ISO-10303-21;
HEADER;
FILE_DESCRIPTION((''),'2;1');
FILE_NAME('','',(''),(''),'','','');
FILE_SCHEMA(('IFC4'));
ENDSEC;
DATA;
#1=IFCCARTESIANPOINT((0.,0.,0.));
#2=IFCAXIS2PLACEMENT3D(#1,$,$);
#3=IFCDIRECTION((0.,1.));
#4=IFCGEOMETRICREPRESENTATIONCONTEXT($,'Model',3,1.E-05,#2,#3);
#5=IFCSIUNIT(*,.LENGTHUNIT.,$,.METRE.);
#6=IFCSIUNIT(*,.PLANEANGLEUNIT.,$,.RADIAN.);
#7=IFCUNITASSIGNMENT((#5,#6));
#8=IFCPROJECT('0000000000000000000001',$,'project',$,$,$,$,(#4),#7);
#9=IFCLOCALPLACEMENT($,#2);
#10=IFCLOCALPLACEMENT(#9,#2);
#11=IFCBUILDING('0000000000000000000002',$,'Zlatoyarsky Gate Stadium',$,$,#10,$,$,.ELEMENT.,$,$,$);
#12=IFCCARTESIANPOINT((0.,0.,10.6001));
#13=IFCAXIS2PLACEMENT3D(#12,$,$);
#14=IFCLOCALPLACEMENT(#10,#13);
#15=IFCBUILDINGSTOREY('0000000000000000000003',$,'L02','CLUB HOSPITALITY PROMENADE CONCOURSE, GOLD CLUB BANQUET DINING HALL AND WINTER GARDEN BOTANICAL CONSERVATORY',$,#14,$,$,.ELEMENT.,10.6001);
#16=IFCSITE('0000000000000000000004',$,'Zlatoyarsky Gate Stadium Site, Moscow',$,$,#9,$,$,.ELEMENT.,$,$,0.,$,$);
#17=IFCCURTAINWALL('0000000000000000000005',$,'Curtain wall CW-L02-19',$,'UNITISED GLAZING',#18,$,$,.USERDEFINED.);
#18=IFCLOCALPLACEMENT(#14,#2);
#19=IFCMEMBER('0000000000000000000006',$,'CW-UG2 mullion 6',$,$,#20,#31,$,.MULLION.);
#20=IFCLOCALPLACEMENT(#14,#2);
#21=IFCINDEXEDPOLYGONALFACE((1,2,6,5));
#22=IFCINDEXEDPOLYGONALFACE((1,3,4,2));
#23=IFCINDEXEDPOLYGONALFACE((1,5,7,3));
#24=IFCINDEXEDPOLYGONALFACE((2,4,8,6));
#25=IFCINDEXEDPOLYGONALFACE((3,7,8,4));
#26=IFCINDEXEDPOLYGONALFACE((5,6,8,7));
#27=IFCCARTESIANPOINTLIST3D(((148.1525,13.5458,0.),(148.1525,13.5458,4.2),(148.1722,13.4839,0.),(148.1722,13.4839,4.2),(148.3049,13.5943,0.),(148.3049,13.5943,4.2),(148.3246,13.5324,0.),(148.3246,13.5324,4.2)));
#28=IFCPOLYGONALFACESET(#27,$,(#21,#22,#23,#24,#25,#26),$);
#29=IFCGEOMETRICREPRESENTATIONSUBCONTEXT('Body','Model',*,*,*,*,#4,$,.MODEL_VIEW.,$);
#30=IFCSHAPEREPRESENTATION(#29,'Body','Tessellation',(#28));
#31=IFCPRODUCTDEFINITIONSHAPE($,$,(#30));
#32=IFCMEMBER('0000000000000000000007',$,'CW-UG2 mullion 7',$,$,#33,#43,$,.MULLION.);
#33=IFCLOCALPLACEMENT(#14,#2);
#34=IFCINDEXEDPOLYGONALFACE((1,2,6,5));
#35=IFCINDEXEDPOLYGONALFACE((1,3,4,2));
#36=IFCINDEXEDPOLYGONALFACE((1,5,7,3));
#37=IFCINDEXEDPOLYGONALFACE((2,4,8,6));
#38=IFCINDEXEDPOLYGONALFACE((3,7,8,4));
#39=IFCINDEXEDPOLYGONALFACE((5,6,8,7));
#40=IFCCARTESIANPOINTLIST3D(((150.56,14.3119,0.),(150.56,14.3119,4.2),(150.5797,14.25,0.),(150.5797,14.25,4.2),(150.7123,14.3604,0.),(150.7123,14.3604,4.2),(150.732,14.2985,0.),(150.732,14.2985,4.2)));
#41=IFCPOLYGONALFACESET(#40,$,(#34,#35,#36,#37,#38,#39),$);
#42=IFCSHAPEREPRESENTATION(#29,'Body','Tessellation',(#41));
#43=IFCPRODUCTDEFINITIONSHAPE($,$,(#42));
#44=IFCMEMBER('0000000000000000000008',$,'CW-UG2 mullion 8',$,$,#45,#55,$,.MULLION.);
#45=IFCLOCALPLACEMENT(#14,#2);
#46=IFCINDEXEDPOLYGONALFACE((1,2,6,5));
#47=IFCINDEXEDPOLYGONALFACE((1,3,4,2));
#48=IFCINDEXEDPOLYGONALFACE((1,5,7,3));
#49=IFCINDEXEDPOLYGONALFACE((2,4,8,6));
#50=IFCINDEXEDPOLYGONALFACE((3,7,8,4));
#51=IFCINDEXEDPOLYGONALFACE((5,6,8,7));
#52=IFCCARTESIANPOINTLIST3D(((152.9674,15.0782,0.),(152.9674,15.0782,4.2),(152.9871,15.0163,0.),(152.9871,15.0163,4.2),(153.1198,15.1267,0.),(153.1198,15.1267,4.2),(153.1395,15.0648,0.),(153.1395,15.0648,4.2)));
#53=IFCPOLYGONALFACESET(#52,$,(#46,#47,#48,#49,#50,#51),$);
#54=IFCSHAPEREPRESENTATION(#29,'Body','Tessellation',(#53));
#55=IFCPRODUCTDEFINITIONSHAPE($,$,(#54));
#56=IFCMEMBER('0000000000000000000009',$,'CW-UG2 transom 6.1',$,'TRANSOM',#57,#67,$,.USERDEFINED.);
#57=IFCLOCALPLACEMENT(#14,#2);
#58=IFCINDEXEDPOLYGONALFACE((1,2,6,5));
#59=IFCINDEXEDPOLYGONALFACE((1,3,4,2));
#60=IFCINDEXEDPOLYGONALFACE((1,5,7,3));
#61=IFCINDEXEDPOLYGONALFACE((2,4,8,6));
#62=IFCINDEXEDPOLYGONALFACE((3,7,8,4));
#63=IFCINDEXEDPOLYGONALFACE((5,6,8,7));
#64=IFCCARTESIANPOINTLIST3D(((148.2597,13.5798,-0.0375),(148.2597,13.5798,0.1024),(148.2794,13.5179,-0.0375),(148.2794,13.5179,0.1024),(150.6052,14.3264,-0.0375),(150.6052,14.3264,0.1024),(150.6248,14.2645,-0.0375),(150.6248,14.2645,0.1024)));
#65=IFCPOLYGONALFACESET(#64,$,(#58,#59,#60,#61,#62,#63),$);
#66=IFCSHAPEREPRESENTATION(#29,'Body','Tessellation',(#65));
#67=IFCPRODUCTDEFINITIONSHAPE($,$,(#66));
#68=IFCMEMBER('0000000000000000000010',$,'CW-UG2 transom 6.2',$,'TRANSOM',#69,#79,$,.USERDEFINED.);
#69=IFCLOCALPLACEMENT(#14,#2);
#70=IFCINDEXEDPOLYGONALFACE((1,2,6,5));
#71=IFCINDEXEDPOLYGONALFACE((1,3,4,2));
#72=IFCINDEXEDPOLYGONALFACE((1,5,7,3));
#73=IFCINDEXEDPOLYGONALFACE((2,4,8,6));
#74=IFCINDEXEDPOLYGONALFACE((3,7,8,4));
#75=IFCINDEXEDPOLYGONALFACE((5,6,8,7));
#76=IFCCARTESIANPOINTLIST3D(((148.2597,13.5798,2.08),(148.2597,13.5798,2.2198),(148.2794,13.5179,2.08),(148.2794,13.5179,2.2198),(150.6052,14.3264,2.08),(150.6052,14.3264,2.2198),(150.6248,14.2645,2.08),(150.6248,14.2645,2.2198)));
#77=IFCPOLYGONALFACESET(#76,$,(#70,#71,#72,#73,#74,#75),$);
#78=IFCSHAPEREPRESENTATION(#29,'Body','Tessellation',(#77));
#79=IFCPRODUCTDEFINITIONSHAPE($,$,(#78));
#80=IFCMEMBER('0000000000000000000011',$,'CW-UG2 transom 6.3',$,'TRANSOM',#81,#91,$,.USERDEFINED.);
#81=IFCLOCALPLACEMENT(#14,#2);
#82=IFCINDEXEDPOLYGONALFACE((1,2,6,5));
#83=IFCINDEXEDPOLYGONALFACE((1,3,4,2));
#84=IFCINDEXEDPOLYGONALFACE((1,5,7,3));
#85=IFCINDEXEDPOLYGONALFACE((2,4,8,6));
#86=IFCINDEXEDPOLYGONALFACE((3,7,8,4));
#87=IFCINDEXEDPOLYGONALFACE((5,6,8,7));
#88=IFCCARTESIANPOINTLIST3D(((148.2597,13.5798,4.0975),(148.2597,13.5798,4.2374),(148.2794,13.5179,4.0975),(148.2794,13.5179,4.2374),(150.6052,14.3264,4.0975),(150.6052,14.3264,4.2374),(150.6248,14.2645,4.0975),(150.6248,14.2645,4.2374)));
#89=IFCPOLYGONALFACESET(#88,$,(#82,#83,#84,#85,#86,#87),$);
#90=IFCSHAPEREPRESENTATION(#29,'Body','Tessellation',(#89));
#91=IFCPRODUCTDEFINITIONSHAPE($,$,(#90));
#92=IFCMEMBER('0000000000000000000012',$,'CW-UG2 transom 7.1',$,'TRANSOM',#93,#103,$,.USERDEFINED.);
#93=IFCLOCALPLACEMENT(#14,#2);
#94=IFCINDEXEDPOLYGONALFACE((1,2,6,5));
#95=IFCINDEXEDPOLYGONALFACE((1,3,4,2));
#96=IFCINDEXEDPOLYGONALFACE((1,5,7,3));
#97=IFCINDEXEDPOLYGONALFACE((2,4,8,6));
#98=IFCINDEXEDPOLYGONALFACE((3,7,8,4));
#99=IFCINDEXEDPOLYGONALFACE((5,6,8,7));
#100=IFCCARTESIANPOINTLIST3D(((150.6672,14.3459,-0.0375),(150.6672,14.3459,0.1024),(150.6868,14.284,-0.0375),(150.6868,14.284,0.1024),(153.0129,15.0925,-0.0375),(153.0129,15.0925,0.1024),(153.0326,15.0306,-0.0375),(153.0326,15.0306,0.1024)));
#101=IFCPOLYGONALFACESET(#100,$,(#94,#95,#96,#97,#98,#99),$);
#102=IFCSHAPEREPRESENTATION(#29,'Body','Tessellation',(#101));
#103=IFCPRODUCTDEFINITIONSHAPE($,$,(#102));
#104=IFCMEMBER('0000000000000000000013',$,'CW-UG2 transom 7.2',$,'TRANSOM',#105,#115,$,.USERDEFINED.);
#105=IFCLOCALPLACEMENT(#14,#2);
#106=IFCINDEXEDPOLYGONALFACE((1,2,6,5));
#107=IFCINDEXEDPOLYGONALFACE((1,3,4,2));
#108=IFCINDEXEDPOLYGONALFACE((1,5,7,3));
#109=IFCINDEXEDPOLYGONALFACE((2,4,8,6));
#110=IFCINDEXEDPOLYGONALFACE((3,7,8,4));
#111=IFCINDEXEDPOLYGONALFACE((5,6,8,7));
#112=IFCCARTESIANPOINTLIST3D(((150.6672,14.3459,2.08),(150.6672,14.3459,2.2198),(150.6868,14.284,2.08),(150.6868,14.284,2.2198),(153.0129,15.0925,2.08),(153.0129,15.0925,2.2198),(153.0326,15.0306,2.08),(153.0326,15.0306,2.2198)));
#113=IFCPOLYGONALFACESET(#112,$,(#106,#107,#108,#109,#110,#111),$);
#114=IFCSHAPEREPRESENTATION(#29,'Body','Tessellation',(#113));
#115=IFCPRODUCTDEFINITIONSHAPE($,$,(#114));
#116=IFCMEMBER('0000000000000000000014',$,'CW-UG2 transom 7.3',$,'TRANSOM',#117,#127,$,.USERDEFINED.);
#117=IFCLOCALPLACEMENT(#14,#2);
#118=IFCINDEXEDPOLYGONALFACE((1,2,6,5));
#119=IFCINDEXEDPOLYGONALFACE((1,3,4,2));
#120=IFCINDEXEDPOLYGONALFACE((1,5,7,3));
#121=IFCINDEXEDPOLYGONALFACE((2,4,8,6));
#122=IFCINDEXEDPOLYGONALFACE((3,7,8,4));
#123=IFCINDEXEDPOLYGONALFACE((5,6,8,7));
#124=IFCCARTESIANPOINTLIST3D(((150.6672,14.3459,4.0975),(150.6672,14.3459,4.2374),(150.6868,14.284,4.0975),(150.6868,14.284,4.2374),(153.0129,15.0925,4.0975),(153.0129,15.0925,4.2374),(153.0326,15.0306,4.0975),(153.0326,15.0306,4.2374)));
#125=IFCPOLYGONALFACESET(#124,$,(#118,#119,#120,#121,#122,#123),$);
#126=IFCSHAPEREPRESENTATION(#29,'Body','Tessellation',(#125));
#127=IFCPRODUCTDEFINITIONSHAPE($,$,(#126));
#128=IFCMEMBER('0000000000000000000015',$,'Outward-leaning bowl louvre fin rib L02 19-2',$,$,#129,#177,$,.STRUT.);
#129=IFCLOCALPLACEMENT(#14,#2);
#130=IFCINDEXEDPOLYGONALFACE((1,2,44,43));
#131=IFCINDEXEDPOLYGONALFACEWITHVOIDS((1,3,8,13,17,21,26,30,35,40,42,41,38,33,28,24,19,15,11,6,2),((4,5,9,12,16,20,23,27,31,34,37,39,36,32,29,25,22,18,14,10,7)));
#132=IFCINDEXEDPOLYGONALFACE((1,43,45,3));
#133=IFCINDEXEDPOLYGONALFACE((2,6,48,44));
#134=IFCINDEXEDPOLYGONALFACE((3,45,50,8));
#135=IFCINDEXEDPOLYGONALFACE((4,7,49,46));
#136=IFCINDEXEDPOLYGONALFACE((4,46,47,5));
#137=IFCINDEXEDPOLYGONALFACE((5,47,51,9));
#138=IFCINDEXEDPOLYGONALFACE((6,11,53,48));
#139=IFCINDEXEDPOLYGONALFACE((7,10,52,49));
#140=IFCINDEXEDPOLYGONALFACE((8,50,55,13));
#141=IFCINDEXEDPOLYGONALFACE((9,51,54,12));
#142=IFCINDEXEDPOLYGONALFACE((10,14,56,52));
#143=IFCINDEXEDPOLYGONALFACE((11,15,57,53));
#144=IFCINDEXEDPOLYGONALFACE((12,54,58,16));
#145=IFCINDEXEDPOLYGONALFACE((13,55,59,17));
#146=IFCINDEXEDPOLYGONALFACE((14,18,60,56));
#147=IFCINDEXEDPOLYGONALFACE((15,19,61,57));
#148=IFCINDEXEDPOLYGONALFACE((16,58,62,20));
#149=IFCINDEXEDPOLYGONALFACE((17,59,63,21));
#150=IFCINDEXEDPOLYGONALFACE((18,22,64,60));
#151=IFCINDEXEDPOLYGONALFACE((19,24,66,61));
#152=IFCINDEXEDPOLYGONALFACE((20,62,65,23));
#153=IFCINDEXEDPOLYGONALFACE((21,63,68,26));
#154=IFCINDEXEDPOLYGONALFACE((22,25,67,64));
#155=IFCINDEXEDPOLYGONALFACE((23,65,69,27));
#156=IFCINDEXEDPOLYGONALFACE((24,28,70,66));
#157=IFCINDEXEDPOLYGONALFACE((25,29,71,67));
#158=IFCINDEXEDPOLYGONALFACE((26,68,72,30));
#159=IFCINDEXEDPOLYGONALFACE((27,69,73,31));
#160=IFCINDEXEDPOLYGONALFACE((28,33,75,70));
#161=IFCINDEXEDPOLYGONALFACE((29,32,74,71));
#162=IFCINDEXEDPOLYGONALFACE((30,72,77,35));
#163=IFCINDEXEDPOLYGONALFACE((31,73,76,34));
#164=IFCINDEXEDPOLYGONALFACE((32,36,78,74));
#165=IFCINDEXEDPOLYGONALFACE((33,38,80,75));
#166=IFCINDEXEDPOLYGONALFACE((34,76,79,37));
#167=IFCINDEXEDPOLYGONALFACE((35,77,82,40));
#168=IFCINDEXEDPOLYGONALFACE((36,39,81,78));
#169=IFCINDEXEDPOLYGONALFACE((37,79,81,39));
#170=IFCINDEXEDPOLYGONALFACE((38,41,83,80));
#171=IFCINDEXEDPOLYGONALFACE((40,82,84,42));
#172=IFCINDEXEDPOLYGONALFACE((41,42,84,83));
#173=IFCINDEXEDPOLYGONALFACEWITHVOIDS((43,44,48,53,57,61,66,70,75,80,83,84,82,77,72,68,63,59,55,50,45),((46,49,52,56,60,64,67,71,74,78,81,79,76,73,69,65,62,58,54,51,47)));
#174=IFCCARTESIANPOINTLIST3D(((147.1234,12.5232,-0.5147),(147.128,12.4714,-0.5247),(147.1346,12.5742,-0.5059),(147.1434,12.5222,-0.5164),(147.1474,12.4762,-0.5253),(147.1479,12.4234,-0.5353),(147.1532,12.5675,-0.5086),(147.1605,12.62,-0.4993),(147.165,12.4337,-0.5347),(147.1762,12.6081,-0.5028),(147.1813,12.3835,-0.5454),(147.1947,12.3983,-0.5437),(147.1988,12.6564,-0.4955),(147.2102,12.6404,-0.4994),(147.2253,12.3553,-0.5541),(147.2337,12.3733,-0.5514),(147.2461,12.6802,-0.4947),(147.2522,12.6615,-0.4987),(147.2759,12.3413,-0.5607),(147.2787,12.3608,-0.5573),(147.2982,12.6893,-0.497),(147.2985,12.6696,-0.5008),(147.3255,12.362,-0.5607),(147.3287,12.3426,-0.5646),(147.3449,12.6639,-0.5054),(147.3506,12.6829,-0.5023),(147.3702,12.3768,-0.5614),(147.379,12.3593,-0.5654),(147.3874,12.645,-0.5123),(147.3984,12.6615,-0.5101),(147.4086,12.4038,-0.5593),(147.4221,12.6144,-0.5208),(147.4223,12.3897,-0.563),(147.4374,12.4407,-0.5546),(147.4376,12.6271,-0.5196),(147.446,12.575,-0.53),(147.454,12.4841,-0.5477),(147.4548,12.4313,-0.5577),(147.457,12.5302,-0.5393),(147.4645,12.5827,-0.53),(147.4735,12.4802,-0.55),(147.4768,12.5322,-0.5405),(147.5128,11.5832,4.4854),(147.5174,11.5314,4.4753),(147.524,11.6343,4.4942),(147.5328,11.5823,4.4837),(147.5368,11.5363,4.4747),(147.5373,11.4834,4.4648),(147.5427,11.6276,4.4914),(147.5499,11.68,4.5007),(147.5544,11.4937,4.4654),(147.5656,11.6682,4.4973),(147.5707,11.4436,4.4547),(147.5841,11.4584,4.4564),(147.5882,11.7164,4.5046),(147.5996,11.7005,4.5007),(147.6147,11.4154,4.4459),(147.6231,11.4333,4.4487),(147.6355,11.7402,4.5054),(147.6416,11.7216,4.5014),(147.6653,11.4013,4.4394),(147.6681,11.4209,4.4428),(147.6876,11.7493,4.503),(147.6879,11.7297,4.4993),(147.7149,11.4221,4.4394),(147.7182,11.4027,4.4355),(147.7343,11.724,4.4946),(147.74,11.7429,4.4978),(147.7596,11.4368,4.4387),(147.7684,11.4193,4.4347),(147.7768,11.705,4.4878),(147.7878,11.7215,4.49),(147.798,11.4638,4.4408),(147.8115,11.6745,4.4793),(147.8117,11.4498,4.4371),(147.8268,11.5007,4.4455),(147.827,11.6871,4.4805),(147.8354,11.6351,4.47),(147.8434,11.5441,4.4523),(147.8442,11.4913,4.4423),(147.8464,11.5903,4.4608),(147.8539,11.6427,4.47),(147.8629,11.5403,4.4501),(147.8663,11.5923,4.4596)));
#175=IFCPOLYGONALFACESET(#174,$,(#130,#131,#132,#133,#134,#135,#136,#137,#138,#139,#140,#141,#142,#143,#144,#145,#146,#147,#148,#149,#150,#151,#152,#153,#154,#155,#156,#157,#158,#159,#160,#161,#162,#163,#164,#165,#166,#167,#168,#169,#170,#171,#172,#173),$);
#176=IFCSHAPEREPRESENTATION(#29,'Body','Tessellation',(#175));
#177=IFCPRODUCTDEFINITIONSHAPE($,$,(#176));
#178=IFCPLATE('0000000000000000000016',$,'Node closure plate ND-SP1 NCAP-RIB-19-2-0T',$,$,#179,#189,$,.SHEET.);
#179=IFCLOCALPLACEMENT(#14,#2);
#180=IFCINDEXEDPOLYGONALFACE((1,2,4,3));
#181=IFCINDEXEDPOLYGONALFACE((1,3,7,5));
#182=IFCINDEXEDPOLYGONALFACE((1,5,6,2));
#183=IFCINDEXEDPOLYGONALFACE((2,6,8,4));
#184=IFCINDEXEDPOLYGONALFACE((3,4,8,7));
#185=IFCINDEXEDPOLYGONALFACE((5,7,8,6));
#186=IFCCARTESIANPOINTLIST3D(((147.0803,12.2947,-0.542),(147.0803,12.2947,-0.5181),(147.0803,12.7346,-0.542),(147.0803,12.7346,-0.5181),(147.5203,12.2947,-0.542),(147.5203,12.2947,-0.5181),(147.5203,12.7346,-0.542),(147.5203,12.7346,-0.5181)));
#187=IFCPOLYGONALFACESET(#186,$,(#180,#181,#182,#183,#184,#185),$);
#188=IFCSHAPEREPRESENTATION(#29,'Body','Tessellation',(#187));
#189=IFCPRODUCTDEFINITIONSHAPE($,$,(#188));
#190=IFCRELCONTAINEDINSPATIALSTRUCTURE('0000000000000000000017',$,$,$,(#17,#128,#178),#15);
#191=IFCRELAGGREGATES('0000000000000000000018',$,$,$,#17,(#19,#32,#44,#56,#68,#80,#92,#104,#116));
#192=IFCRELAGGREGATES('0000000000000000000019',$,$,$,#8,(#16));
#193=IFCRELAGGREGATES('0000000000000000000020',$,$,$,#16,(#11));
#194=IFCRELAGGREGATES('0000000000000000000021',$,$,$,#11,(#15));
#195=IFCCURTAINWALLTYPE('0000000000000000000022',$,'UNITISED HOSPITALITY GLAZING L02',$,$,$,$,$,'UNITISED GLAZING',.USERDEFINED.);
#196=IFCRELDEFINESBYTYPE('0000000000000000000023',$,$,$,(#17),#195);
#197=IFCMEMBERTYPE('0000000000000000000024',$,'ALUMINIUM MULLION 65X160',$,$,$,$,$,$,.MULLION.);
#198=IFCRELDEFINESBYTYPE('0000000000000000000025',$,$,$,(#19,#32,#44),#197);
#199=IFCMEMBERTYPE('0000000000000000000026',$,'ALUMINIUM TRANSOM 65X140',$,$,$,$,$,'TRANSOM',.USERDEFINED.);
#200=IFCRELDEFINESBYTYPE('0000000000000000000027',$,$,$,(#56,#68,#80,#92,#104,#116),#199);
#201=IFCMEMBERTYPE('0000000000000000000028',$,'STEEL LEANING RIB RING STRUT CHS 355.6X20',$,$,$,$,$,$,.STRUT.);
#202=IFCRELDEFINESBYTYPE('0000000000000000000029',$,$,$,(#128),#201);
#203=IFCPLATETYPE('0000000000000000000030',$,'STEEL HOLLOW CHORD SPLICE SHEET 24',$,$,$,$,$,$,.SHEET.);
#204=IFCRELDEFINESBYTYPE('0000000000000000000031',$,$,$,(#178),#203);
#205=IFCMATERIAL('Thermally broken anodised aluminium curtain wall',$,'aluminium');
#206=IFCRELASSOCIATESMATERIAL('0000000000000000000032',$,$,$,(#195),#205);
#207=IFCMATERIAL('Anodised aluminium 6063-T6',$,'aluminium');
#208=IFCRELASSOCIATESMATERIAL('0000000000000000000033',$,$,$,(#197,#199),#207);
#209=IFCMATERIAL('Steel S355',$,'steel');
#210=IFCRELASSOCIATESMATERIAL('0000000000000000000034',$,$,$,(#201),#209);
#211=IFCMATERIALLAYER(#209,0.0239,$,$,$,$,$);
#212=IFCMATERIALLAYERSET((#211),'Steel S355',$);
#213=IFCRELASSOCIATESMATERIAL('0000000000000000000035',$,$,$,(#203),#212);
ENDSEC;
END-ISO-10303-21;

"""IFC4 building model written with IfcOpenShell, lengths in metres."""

from ifc_helpers import new_model, si_unit, direction, frame, origin, origin_2d, place, context, subcontext, project, spatial, rectangle, hollow_circle, extrude, material, layer, layer_set, material_profile, profile_set, type_object, element, aggregate, save


model = new_model("IFC4")

# Units and contexts
model_context = context("Model", 3, precision=1e-05, world=origin(), true_north=direction((0.0, 1.0)))
body_context = subcontext(model_context, "Body", "Model", "MODEL_VIEW")
ifc_project = project(units=[si_unit("LENGTHUNIT", "METRE"), si_unit("PLANEANGLEUNIT", "RADIAN")], contexts=[model_context])

# Site, building, storey
site_placement = place(None, origin())
site = spatial("IfcSite", under=ifc_project, at=site_placement, Name="Zlatoyarsky Gate Stadium Site, Moscow", CompositionType="ELEMENT", RefElevation=0.0)
building_placement = place(site_placement, origin())
building = spatial("IfcBuilding", under=site, at=building_placement, Name="Zlatoyarsky Gate Stadium", CompositionType="ELEMENT")
storey_placement = place(building_placement, frame((0.0, 0.0, 10.6001)))
storey = spatial("IfcBuildingStorey", under=building, at=storey_placement, Name="L02", Description="CLUB HOSPITALITY PROMENADE CONCOURSE, GOLD CLUB BANQUET DINING HALL AND WINTER GARDEN BOTANICAL CONSERVATORY", CompositionType="ELEMENT", Elevation=10.6001)

# Curtain wall, members
ifc_material_1 = material(Name="Thermally broken anodised aluminium curtain wall", Category="aluminium")
curtain_wall_type = type_object("IfcCurtainWallType", Name="UNITISED HOSPITALITY GLAZING L02", ElementType="UNITISED GLAZING", PredefinedType="USERDEFINED", material=ifc_material_1)
curtain_wall_placement = place(storey_placement, origin())
curtain_wall = element("IfcCurtainWall", 1, at=curtain_wall_placement, inside=storey, type_object=curtain_wall_type, Name="Curtain wall CW-L02-19", ObjectType="UNITISED GLAZING", PredefinedType="USERDEFINED")
ifc_material_2 = material(Name="Anodised aluminium 6063-T6", Category="aluminium")
ifc_material_profile_1 = material_profile(ifc_material_2, rectangle(XDim=0.0649, YDim=0.1599, at=origin_2d()), Name="ALU 65X160")
ifc_profile_set_1 = profile_set([ifc_material_profile_1], Name="Anodised aluminium 6063-T6")
member_type_1 = type_object("IfcMemberType", Name="ALUMINIUM MULLION 65X160", PredefinedType="MULLION", material=ifc_profile_set_1)
member_1_placement = place(storey_placement, frame((148.2385, 13.5391, 0.0), z_axis=(0.0, 0.0, 1.0), x_axis=(-0.303278, 0.952902, 0.0)))
member_1 = element("IfcMember", 2, at=member_1_placement, type_object=member_type_1, Name="CW-UG2 mullion 6", PredefinedType="MULLION", context=body_context, shape_type="SweptSolid", body=[
    extrude(rectangle(XDim=0.0649, YDim=0.1599, at=origin_2d()), origin(), (0.0, 0.0, 1.0), 4.2),
])
member_2_placement = place(storey_placement, frame((150.646, 14.3052, 0.0), z_axis=(0.0, 0.0, 1.0), x_axis=(-0.303278, 0.952902, 0.0)))
member_2 = element("IfcMember", 3, at=member_2_placement, type_object=member_type_1, Name="CW-UG2 mullion 7", PredefinedType="MULLION", context=body_context, shape_type="SweptSolid", body=[
    extrude(rectangle(XDim=0.0649, YDim=0.1599, at=origin_2d()), origin(), (0.0, 0.0, 1.0), 4.2),
])
member_3_placement = place(storey_placement, frame((153.0535, 15.0715, 0.0), z_axis=(0.0, 0.0, 1.0), x_axis=(-0.303278, 0.952902, 0.0)))
member_3 = element("IfcMember", 4, at=member_3_placement, type_object=member_type_1, Name="CW-UG2 mullion 8", PredefinedType="MULLION", context=body_context, shape_type="SweptSolid", body=[
    extrude(rectangle(XDim=0.0649, YDim=0.1599, at=origin_2d()), origin(), (0.0, 0.0, 1.0), 4.2),
])
ifc_material_profile_2 = material_profile(ifc_material_2, rectangle(XDim=0.0649, YDim=0.1399, at=origin_2d()), Name="ALU 65X140")
ifc_profile_set_2 = profile_set([ifc_material_profile_2], Name="Anodised aluminium 6063-T6")
member_type_2 = type_object("IfcMemberType", Name="ALUMINIUM TRANSOM 65X140", ElementType="TRANSOM", PredefinedType="USERDEFINED", material=ifc_profile_set_2)
member_4_placement = place(storey_placement, frame((148.2695, 13.5488, 0.0325), z_axis=(0.952891, 0.303314, 0.0), x_axis=(-0.303314, 0.952891, 0.0)))
member_4 = element("IfcMember", 5, at=member_4_placement, type_object=member_type_2, Name="CW-UG2 transom 6.1", ObjectType="TRANSOM", PredefinedType="USERDEFINED", context=body_context, shape_type="SweptSolid", body=[
    extrude(rectangle(XDim=0.0649, YDim=0.1399, at=origin_2d()), origin(), (0.0, 0.0, 1.0), 2.4614),
])
member_5_placement = place(storey_placement, frame((148.2695, 13.5488, 2.1499), z_axis=(0.952891, 0.303314, 0.0), x_axis=(-0.303314, 0.952891, 0.0)))
member_5 = element("IfcMember", 6, at=member_5_placement, type_object=member_type_2, Name="CW-UG2 transom 6.2", ObjectType="TRANSOM", PredefinedType="USERDEFINED", context=body_context, shape_type="SweptSolid", body=[
    extrude(rectangle(XDim=0.0649, YDim=0.1399, at=origin_2d()), origin(), (0.0, 0.0, 1.0), 2.4614),
])
member_6_placement = place(storey_placement, frame((148.2695, 13.5488, 4.1675), z_axis=(0.952891, 0.303314, 0.0), x_axis=(-0.303314, 0.952891, 0.0)))
member_6 = element("IfcMember", 7, at=member_6_placement, type_object=member_type_2, Name="CW-UG2 transom 6.3", ObjectType="TRANSOM", PredefinedType="USERDEFINED", context=body_context, shape_type="SweptSolid", body=[
    extrude(rectangle(XDim=0.0649, YDim=0.1399, at=origin_2d()), origin(), (0.0, 0.0, 1.0), 2.4614),
])
member_7_placement = place(storey_placement, frame((150.677, 14.3149, 0.0325), z_axis=(0.9529, 0.303286, 0.0), x_axis=(-0.303286, 0.9529, 0.0)))
member_7 = element("IfcMember", 8, at=member_7_placement, type_object=member_type_2, Name="CW-UG2 transom 7.1", ObjectType="TRANSOM", PredefinedType="USERDEFINED", context=body_context, shape_type="SweptSolid", body=[
    extrude(rectangle(XDim=0.0649, YDim=0.1399, at=origin_2d()), origin(), (0.0, 0.0, 1.0), 2.4617),
])
member_8_placement = place(storey_placement, frame((150.677, 14.3149, 2.1499), z_axis=(0.9529, 0.303286, 0.0), x_axis=(-0.303286, 0.9529, 0.0)))
member_8 = element("IfcMember", 9, at=member_8_placement, type_object=member_type_2, Name="CW-UG2 transom 7.2", ObjectType="TRANSOM", PredefinedType="USERDEFINED", context=body_context, shape_type="SweptSolid", body=[
    extrude(rectangle(XDim=0.0649, YDim=0.1399, at=origin_2d()), origin(), (0.0, 0.0, 1.0), 2.4617),
])
member_9_placement = place(storey_placement, frame((150.677, 14.3149, 4.1675), z_axis=(0.9529, 0.303286, 0.0), x_axis=(-0.303286, 0.9529, 0.0)))
member_9 = element("IfcMember", 10, at=member_9_placement, type_object=member_type_2, Name="CW-UG2 transom 7.3", ObjectType="TRANSOM", PredefinedType="USERDEFINED", context=body_context, shape_type="SweptSolid", body=[
    extrude(rectangle(XDim=0.0649, YDim=0.1399, at=origin_2d()), origin(), (0.0, 0.0, 1.0), 2.4617),
])

# Member
ifc_material_3 = material(Name="Steel S355", Category="steel")
ifc_material_profile_3 = material_profile(ifc_material_3, hollow_circle(Radius=0.1777, WallThickness=0.02, at=origin_2d()), Name="CHS 355.6X20")
ifc_profile_set_3 = profile_set([ifc_material_profile_3], Name="Steel S355")
member_type_3 = type_object("IfcMemberType", Name="STEEL LEANING RIB RING STRUT CHS 355.6X20", PredefinedType="STRUT", material=ifc_profile_set_3)
member_10_placement = place(storey_placement, frame((147.3003, 12.5146, -0.53), z_axis=(0.076317, -0.184213, 0.979919), x_axis=(0.923856, 0.38274, 0.0)))
element("IfcMember", 11, at=member_10_placement, inside=storey, type_object=member_type_3, Name="Outward-leaning bowl louvre fin rib L02 19-2", PredefinedType="STRUT", context=body_context, shape_type="SweptSolid", body=[
    extrude(hollow_circle(Radius=0.1777, WallThickness=0.02, at=origin_2d()), origin(), (0.0, 0.0, 1.0), 5.1025),
])

# Plate
ifc_layer_1 = layer(ifc_material_3, 0.0239)
ifc_layer_set_1 = layer_set([ifc_layer_1], Name="Steel S355")
plate_type_1 = type_object("IfcPlateType", Name="STEEL HOLLOW CHORD SPLICE SHEET 24", PredefinedType="SHEET", material=ifc_layer_set_1)
for number, where, z_axis, x_axis, name in (
    (12, (147.3003, 12.5146, -0.542), (0.0, 0.0, 1.0), (1.0, 0.0, 0.0), "Node closure plate ND-SP1 NCAP-RIB-19-2-0T"),
):
    element("IfcPlate", number, at=place(storey_placement, frame(where, z_axis=z_axis, x_axis=x_axis)), inside=storey, type_object=plate_type_1, Name=name, PredefinedType="SHEET", context=body_context, shape_type="SweptSolid", body=[
        extrude(rectangle(XDim=0.4399, YDim=0.4399, at=origin_2d()), origin(), (0.0, 0.0, 1.0), 0.0239),
    ])

aggregate(curtain_wall, [member_1, member_2, member_3, member_4, member_5, member_6, member_7, member_8, member_9])

save(model, "model.ifc")
